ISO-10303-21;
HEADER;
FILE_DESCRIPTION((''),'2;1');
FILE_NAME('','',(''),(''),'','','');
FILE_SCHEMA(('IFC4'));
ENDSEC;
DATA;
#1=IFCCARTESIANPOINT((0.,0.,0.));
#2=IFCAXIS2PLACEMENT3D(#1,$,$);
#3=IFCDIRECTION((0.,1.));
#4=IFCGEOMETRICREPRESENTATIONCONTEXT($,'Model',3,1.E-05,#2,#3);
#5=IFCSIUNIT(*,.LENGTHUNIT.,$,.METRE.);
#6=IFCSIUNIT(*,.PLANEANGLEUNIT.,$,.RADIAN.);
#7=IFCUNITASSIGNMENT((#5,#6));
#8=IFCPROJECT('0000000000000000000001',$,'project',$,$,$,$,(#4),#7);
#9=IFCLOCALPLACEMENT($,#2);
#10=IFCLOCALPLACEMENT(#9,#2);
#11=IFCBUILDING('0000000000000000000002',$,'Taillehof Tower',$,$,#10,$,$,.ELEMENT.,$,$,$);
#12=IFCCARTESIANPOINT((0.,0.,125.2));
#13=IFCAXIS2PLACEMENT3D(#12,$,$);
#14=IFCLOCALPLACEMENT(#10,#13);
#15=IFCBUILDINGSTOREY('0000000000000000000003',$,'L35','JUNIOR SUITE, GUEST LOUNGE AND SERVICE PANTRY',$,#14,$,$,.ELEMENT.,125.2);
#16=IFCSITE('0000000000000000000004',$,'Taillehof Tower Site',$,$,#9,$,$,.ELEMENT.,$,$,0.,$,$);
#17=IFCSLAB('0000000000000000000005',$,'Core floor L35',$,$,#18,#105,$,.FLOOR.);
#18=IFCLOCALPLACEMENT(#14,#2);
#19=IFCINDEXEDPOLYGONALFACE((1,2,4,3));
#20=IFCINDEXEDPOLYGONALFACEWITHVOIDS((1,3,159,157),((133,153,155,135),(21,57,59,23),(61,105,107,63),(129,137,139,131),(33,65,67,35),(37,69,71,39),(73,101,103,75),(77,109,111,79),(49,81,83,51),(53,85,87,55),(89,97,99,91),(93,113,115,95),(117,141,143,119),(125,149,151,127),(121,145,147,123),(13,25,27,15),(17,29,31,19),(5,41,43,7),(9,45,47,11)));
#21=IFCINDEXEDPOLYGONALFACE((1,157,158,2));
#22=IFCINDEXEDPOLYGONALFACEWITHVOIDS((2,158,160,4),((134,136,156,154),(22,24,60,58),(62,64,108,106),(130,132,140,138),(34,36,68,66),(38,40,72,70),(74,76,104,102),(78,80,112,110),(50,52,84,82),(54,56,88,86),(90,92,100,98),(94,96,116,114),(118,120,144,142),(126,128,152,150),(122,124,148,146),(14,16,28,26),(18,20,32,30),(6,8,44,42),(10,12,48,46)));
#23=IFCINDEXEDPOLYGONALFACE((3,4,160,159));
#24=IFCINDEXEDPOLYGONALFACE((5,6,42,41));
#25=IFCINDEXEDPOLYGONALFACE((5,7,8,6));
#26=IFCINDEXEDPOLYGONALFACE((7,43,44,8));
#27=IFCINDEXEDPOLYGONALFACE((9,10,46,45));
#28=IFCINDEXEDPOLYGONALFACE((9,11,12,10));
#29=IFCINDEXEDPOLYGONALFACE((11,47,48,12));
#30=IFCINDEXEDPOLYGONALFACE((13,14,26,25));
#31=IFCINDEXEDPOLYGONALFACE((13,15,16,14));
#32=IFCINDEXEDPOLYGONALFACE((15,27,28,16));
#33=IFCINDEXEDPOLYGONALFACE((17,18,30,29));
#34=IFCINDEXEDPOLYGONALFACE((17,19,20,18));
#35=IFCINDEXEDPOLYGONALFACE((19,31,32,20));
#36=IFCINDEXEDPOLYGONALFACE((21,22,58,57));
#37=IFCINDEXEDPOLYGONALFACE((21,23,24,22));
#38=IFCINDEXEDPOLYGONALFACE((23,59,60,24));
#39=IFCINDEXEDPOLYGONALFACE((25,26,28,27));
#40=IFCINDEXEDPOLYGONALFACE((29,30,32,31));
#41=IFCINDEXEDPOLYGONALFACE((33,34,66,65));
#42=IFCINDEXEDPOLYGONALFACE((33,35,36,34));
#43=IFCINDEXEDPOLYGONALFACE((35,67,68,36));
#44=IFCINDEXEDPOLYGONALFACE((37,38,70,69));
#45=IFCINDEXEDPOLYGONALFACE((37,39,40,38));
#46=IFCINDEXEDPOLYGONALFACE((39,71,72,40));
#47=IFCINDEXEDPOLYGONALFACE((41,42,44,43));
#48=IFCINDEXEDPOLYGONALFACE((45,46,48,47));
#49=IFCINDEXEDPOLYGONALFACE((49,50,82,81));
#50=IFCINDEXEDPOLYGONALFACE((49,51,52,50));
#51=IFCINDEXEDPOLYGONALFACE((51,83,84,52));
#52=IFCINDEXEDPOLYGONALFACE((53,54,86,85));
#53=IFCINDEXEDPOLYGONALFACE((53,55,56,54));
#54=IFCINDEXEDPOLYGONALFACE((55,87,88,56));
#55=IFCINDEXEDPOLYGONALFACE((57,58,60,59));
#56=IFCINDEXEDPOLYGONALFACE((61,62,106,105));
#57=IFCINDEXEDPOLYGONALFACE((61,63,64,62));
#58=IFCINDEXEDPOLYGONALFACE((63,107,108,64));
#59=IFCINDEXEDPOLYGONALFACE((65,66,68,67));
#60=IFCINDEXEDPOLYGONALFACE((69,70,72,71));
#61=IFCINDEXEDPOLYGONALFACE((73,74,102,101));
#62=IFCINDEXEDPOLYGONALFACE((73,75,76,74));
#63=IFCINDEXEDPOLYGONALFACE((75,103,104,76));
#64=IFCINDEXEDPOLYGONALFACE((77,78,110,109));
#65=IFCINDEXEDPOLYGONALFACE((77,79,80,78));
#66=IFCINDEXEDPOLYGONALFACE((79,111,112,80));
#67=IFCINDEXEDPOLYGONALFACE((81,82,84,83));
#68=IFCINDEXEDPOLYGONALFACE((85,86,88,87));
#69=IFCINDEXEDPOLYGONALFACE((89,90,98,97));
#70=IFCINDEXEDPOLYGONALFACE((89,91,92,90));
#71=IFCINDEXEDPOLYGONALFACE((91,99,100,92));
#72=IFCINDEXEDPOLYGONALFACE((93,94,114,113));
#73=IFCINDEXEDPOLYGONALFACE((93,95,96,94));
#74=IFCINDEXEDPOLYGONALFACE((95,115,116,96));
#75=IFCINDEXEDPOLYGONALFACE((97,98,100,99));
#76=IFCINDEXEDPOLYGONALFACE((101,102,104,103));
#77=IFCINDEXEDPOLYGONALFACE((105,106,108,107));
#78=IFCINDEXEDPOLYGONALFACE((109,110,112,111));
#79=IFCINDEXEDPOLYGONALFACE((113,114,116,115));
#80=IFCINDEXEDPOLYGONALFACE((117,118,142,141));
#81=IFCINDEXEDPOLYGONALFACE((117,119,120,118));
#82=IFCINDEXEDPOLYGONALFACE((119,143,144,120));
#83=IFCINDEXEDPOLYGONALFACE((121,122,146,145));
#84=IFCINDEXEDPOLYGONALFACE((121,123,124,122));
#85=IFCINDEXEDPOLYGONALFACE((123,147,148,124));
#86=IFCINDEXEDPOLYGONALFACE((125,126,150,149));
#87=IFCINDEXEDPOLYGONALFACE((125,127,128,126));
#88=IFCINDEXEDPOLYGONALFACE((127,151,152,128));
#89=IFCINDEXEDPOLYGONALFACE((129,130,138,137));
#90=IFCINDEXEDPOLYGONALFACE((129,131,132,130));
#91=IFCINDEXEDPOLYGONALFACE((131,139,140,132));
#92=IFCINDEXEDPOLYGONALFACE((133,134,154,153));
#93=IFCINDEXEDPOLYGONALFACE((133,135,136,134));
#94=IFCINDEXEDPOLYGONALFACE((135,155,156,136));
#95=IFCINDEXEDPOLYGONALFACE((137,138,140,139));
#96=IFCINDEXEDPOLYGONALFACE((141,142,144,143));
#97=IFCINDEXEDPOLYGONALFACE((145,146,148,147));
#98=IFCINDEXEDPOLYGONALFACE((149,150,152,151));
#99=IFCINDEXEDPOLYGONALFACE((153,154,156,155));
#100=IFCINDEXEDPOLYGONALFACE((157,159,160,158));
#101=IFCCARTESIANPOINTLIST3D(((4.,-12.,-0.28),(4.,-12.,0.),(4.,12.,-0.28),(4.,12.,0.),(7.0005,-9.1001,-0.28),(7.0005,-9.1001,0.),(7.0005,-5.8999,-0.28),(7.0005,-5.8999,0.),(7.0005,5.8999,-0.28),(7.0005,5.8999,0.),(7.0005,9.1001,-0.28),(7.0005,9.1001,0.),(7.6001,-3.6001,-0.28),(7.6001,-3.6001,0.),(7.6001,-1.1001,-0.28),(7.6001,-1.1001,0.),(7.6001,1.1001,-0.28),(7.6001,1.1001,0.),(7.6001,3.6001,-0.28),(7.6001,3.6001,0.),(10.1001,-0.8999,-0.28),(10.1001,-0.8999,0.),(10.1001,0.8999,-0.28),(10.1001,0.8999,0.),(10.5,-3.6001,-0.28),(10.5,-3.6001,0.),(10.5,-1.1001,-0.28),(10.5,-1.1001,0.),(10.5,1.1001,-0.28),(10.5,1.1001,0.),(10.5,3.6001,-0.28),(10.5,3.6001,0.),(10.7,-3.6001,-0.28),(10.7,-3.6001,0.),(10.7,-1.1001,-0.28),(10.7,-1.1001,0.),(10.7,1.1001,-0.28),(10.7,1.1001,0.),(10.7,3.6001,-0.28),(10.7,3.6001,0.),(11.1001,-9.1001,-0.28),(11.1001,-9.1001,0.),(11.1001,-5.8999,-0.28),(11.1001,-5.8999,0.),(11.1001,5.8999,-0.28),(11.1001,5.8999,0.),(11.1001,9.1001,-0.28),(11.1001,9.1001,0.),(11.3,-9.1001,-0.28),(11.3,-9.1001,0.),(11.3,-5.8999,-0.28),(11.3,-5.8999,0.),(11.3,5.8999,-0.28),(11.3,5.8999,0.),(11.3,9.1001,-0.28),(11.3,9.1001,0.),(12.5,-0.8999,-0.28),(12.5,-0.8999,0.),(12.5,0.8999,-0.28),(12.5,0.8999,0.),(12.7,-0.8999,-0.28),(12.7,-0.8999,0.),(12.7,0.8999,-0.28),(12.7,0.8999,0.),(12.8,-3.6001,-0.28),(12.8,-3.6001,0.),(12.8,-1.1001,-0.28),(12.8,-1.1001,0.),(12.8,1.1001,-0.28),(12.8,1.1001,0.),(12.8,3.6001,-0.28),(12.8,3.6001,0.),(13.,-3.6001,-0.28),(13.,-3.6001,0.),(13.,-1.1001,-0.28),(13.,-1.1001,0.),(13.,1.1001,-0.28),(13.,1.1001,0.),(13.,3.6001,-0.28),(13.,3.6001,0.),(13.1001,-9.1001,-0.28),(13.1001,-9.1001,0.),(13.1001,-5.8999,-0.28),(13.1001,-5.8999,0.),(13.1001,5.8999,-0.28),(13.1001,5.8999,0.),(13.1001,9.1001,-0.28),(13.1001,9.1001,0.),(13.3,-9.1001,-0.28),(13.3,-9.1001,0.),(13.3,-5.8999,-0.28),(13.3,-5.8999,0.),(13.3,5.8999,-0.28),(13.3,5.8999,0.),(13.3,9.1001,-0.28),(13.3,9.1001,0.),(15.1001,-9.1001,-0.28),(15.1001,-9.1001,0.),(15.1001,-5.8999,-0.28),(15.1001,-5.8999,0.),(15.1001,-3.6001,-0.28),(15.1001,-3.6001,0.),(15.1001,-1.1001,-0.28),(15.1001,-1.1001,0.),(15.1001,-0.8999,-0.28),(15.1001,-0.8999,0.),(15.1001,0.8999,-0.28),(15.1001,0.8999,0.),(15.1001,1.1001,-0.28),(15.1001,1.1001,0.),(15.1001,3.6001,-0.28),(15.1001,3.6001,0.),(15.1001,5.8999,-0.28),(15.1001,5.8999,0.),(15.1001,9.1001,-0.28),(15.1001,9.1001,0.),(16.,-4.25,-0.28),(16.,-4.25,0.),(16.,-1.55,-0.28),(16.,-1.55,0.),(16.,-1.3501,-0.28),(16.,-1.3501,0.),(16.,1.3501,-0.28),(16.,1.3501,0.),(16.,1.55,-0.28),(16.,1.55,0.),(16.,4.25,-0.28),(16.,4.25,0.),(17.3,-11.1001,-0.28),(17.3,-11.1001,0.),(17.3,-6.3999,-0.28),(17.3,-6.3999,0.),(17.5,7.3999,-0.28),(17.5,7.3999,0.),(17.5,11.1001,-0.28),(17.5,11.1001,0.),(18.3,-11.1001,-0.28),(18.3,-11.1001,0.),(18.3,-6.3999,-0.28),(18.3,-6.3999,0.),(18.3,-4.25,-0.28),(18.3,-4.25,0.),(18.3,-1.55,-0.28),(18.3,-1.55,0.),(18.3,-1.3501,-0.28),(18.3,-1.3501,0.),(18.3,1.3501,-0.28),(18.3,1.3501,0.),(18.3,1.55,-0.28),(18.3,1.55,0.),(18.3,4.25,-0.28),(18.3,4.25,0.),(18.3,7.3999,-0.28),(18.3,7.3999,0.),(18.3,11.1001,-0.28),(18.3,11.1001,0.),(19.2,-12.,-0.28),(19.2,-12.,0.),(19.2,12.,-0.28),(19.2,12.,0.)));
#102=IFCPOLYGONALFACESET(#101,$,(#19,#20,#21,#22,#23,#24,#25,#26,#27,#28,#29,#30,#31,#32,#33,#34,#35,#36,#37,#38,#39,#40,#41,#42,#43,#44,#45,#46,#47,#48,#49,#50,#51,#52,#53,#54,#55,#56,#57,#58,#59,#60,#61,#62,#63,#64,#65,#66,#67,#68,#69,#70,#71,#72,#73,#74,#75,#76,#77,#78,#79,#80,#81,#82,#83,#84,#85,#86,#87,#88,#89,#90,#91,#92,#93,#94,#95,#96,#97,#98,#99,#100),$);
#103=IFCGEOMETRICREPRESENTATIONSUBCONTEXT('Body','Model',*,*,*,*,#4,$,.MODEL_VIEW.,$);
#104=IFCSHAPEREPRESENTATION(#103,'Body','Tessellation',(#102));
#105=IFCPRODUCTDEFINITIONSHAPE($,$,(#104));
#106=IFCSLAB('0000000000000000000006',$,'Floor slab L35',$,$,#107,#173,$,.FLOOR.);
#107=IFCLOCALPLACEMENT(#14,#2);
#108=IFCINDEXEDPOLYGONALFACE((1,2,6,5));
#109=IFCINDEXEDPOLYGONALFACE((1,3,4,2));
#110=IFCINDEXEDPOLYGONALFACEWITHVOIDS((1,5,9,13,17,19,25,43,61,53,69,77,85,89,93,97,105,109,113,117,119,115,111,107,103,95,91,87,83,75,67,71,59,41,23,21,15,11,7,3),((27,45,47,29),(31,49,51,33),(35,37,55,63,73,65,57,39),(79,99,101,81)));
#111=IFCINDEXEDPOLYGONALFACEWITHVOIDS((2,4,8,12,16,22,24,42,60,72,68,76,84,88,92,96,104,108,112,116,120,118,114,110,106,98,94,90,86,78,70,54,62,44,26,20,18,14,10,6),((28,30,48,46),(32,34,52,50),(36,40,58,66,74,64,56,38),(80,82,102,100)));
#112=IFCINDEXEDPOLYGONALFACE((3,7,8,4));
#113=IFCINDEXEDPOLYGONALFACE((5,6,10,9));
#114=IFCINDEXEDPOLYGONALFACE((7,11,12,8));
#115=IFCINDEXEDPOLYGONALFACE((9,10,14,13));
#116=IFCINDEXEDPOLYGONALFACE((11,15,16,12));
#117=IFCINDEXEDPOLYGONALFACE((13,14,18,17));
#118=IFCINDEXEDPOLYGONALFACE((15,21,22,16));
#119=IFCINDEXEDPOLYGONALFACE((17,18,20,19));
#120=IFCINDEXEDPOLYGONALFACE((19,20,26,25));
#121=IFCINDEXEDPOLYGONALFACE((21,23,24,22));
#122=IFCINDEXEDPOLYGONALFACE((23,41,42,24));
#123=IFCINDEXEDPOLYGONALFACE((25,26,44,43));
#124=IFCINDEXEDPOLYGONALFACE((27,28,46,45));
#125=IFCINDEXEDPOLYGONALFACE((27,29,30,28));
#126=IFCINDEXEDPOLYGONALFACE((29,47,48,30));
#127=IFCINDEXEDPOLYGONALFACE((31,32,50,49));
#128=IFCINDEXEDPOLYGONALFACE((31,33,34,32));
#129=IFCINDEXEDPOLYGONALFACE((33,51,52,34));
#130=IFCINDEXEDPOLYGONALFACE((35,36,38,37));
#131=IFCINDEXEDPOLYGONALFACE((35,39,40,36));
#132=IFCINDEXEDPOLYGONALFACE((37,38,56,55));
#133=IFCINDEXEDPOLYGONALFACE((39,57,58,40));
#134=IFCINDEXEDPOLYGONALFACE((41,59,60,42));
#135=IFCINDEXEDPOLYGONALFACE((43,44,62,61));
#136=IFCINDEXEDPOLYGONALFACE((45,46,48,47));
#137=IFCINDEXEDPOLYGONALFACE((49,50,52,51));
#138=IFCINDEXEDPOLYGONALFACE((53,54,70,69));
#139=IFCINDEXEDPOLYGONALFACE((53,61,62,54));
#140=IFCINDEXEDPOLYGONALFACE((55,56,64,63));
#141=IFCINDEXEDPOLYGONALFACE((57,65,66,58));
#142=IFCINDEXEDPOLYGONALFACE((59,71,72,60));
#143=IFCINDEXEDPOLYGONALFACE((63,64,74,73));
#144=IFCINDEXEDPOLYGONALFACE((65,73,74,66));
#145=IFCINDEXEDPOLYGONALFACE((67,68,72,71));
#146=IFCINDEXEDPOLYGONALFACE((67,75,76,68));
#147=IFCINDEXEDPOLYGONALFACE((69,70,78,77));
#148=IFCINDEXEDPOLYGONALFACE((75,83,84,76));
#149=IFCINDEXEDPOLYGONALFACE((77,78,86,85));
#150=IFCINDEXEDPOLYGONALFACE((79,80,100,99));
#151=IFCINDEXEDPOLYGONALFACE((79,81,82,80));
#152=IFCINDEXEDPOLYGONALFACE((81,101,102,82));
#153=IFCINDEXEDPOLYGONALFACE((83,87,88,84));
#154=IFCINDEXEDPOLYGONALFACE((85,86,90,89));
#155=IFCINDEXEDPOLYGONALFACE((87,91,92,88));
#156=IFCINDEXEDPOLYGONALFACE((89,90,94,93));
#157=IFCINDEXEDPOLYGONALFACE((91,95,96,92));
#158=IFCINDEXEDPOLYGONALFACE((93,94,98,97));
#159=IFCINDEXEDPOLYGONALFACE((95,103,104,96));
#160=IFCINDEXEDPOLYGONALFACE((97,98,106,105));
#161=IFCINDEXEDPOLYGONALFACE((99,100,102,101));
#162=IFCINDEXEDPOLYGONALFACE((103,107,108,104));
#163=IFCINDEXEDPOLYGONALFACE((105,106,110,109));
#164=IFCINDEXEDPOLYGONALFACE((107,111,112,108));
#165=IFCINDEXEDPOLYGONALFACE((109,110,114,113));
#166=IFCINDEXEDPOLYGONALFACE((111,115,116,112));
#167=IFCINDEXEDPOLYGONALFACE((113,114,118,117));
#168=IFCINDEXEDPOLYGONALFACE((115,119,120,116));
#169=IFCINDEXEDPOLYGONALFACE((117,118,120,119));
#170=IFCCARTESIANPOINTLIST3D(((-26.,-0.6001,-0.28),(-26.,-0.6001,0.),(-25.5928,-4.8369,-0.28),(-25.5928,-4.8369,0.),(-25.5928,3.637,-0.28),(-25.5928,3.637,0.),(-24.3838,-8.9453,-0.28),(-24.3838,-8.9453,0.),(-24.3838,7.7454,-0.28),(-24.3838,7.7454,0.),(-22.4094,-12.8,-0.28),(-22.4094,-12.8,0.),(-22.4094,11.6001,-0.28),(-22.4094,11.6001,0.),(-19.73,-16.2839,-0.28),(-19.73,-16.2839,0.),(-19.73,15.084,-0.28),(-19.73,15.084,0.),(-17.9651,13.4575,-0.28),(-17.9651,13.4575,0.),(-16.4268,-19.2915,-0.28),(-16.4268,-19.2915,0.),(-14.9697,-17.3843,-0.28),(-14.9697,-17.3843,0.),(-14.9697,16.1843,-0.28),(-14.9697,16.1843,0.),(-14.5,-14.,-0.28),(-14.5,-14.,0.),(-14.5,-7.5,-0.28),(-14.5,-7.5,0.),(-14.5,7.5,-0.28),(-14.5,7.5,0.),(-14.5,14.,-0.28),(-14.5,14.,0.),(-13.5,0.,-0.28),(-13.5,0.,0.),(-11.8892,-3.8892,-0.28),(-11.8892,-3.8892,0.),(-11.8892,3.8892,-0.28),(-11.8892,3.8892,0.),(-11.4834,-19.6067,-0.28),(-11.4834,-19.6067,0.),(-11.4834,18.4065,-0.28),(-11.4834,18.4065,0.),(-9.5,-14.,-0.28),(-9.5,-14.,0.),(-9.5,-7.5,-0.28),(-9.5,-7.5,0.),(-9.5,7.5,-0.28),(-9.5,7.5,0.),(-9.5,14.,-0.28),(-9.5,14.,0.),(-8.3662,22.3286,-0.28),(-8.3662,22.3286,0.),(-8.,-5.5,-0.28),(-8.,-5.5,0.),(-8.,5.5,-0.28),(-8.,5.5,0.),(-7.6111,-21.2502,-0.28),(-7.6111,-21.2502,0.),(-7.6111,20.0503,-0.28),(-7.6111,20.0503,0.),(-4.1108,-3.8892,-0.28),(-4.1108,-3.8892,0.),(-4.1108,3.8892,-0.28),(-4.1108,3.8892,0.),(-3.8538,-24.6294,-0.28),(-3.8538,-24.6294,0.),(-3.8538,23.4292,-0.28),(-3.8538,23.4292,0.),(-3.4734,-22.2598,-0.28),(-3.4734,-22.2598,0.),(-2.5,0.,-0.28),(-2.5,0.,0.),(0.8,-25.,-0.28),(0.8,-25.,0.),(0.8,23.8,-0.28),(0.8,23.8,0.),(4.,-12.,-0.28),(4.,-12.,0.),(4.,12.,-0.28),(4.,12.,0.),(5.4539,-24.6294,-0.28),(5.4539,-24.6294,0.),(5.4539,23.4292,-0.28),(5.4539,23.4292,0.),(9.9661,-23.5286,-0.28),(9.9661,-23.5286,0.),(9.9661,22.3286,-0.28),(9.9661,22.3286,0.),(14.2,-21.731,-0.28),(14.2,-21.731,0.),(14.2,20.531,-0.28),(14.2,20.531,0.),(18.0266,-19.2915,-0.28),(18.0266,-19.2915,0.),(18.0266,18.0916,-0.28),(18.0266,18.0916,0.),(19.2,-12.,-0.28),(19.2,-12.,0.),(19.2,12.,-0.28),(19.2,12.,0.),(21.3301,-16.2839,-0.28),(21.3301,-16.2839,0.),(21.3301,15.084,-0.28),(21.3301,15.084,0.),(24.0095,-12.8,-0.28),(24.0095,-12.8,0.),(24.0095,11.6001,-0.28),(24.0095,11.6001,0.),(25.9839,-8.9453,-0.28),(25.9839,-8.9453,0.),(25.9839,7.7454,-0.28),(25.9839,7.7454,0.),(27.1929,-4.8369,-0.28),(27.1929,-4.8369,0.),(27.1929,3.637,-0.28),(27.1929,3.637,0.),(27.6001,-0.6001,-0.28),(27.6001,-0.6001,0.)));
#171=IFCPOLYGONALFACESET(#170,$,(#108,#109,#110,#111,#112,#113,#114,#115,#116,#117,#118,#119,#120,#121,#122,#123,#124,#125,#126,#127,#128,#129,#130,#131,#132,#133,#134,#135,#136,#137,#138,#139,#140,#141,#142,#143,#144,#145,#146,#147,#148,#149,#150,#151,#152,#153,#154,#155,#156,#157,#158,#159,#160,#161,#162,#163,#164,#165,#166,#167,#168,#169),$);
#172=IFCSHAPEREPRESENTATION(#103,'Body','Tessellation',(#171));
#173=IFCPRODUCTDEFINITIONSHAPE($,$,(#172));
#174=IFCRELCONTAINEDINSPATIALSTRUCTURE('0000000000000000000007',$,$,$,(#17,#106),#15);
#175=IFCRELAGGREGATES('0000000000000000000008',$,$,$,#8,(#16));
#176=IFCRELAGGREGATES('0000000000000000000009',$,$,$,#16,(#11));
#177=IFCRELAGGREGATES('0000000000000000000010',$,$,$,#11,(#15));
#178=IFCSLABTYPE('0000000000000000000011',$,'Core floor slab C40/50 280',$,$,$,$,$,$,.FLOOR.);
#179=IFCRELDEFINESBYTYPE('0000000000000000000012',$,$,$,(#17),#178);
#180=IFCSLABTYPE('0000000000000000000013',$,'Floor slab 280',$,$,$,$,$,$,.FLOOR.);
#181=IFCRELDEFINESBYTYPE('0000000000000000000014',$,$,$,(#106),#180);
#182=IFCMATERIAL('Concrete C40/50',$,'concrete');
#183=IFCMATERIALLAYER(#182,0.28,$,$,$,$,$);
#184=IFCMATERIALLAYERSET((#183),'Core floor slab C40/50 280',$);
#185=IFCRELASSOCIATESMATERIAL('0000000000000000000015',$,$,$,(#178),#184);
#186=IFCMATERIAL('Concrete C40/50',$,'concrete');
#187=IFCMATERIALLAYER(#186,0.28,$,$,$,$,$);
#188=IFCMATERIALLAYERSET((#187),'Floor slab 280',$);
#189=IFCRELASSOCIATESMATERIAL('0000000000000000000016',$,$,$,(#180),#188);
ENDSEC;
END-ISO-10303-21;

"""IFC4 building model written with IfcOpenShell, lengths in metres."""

from ifc_helpers import new_model, si_unit, direction, frame, origin, place, context, subcontext, project, spatial, polyline, outline, extrude, material, layer, layer_set, type_object, element, save


model = new_model("IFC4")

# Units and contexts
model_context = context("Model", 3, precision=1e-05, world=origin(), true_north=direction((0.0, 1.0)))
body_context = subcontext(model_context, "Body", "Model", "MODEL_VIEW")
ifc_project = project(units=[si_unit("LENGTHUNIT", "METRE"), si_unit("PLANEANGLEUNIT", "RADIAN")], contexts=[model_context])

# Site, building, storey
site_placement = place(None, origin())
site = spatial("IfcSite", under=ifc_project, at=site_placement, Name="Taillehof Tower Site", CompositionType="ELEMENT", RefElevation=0.0)
building_placement = place(site_placement, origin())
building = spatial("IfcBuilding", under=site, at=building_placement, Name="Taillehof Tower", CompositionType="ELEMENT")
storey_placement = place(building_placement, frame((0.0, 0.0, 125.2)))
storey = spatial("IfcBuildingStorey", under=building, at=storey_placement, Name="L35", Description="JUNIOR SUITE, GUEST LOUNGE AND SERVICE PANTRY", CompositionType="ELEMENT", Elevation=125.2)

# Slabs
ifc_material_1 = material(Name="Concrete C40/50", Category="concrete")
ifc_layer_1 = layer(ifc_material_1, 0.28)
ifc_layer_set_1 = layer_set([ifc_layer_1], Name="Core floor slab C40/50 280")
slab_type_1 = type_object("IfcSlabType", Name="Core floor slab C40/50 280", PredefinedType="FLOOR", material=ifc_layer_set_1)
slab_1_placement = place(storey_placement, frame((0.0, 0.0, -0.28)))
element("IfcSlab", 1, at=slab_1_placement, inside=storey, type_object=slab_type_1, Name="Core floor L35", PredefinedType="FLOOR", context=body_context, shape_type="SweptSolid", body=[
    extrude(outline(polyline([(4.0, -12.0), (4.0, 12.0), (19.2, 12.0), (19.2, -12.0), (4.0, -12.0)]), holes=[polyline([(7.0005, -9.1001), (11.1001, -9.1001), (11.1001, -5.8999), (7.0005, -5.8999), (7.0005, -9.1001)]), polyline([(13.1001, -9.1001), (13.1001, -5.8999), (11.3, -5.8999), (11.3, -9.1001), (13.1001, -9.1001)]), polyline([(10.5, -3.6001), (10.5, -1.1001), (7.6001, -1.1001), (7.6001, -3.6001), (10.5, -3.6001)]), polyline([(12.8, -3.6001), (12.8, -1.1001), (10.7, -1.1001), (10.7, -3.6001), (12.8, -3.6001)]), polyline([(12.5, -0.8999), (12.5, 0.8999), (10.1001, 0.8999), (10.1001, -0.8999), (12.5, -0.8999)]), polyline([(15.1001, -0.8999), (15.1001, 0.8999), (12.7, 0.8999), (12.7, -0.8999), (15.1001, -0.8999)]), polyline([(10.5, 1.1001), (10.5, 3.6001), (7.6001, 3.6001), (7.6001, 1.1001), (10.5, 1.1001)]), polyline([(10.7, 1.1001), (12.8, 1.1001), (12.8, 3.6001), (10.7, 3.6001), (10.7, 1.1001)]), polyline([(11.3, 5.8999), (13.1001, 5.8999), (13.1001, 9.1001), (11.3, 9.1001), (11.3, 5.8999)]), polyline([(11.1001, 5.8999), (11.1001, 9.1001), (7.0005, 9.1001), (7.0005, 5.8999), (11.1001, 5.8999)]), polyline([(18.3, -11.1001), (18.3, -6.3999), (17.3, -6.3999), (17.3, -11.1001), (18.3, -11.1001)]), polyline([(15.1001, -9.1001), (15.1001, -5.8999), (13.3, -5.8999), (13.3, -9.1001), (15.1001, -9.1001)]), polyline([(16.0, -4.25), (18.3, -4.25), (18.3, -1.55), (16.0, -1.55), (16.0, -4.25)]), polyline([(13.0, -3.6001), (15.1001, -3.6001), (15.1001, -1.1001), (13.0, -1.1001), (13.0, -3.6001)]), polyline([(18.3, -1.3501), (18.3, 1.3501), (16.0, 1.3501), (16.0, -1.3501), (18.3, -1.3501)]), polyline([(15.1001, 1.1001), (15.1001, 3.6001), (13.0, 3.6001), (13.0, 1.1001), (15.1001, 1.1001)]), polyline([(18.3, 1.55), (18.3, 4.25), (16.0, 4.25), (16.0, 1.55), (18.3, 1.55)]), polyline([(13.3, 5.8999), (15.1001, 5.8999), (15.1001, 9.1001), (13.3, 9.1001), (13.3, 5.8999)]), polyline([(17.5, 7.3999), (18.3, 7.3999), (18.3, 11.1001), (17.5, 11.1001), (17.5, 7.3999)])]), origin(), (0.0, 0.0, 1.0), 0.28),
])
ifc_material_2 = material(Name="Concrete C40/50", Category="concrete")
ifc_layer_2 = layer(ifc_material_2, 0.28)
ifc_layer_set_2 = layer_set([ifc_layer_2], Name="Floor slab 280")
slab_type_2 = type_object("IfcSlabType", Name="Floor slab 280", PredefinedType="FLOOR", material=ifc_layer_set_2)
slab_2_placement = place(storey_placement, frame((0.0, 0.0, -0.28)))
element("IfcSlab", 2, at=slab_2_placement, inside=storey, type_object=slab_type_2, Name="Floor slab L35", PredefinedType="FLOOR", context=body_context, shape_type="SweptSolid", body=[
    extrude(outline(polyline([(27.6001, -0.6001), (27.1929, 3.637), (25.9839, 7.7454), (24.0095, 11.6001), (21.3301, 15.084), (18.0266, 18.0916), (14.2, 20.531), (9.9661, 22.3286), (5.4539, 23.4292), (0.8, 23.8), (-3.8538, 23.4292), (-8.3662, 22.3286), (-7.6111, 20.0503), (-11.4834, 18.4065), (-14.9697, 16.1843), (-17.9651, 13.4575), (-19.73, 15.084), (-22.4094, 11.6001), (-24.3838, 7.7454), (-25.5928, 3.637), (-26.0, -0.6001), (-25.5928, -4.8369), (-24.3838, -8.9453), (-22.4094, -12.8), (-19.73, -16.2839), (-16.4268, -19.2915), (-14.9697, -17.3843), (-11.4834, -19.6067), (-7.6111, -21.2502), (-3.4734, -22.2598), (-3.8538, -24.6294), (0.8, -25.0), (5.4539, -24.6294), (9.9661, -23.5286), (14.2, -21.731), (18.0266, -19.2915), (21.3301, -16.2839), (24.0095, -12.8), (25.9839, -8.9453), (27.1929, -4.8369), (27.6001, -0.6001)]), holes=[polyline([(-14.5, -7.5), (-9.5, -7.5), (-9.5, -14.0), (-14.5, -14.0), (-14.5, -7.5)]), polyline([(-8.0, -5.5), (-11.8892, -3.8892), (-13.5, 0.0), (-11.8892, 3.8892), (-8.0, 5.5), (-4.1108, 3.8892), (-2.5, 0.0), (-4.1108, -3.8892), (-8.0, -5.5)]), polyline([(19.2, 12.0), (19.2, -12.0), (4.0, -12.0), (4.0, 12.0), (19.2, 12.0)]), polyline([(-14.5, 14.0), (-9.5, 14.0), (-9.5, 7.5), (-14.5, 7.5), (-14.5, 14.0)])]), origin(), (0.0, 0.0, 1.0), 0.28),
])

save(model, "model.ifc")
